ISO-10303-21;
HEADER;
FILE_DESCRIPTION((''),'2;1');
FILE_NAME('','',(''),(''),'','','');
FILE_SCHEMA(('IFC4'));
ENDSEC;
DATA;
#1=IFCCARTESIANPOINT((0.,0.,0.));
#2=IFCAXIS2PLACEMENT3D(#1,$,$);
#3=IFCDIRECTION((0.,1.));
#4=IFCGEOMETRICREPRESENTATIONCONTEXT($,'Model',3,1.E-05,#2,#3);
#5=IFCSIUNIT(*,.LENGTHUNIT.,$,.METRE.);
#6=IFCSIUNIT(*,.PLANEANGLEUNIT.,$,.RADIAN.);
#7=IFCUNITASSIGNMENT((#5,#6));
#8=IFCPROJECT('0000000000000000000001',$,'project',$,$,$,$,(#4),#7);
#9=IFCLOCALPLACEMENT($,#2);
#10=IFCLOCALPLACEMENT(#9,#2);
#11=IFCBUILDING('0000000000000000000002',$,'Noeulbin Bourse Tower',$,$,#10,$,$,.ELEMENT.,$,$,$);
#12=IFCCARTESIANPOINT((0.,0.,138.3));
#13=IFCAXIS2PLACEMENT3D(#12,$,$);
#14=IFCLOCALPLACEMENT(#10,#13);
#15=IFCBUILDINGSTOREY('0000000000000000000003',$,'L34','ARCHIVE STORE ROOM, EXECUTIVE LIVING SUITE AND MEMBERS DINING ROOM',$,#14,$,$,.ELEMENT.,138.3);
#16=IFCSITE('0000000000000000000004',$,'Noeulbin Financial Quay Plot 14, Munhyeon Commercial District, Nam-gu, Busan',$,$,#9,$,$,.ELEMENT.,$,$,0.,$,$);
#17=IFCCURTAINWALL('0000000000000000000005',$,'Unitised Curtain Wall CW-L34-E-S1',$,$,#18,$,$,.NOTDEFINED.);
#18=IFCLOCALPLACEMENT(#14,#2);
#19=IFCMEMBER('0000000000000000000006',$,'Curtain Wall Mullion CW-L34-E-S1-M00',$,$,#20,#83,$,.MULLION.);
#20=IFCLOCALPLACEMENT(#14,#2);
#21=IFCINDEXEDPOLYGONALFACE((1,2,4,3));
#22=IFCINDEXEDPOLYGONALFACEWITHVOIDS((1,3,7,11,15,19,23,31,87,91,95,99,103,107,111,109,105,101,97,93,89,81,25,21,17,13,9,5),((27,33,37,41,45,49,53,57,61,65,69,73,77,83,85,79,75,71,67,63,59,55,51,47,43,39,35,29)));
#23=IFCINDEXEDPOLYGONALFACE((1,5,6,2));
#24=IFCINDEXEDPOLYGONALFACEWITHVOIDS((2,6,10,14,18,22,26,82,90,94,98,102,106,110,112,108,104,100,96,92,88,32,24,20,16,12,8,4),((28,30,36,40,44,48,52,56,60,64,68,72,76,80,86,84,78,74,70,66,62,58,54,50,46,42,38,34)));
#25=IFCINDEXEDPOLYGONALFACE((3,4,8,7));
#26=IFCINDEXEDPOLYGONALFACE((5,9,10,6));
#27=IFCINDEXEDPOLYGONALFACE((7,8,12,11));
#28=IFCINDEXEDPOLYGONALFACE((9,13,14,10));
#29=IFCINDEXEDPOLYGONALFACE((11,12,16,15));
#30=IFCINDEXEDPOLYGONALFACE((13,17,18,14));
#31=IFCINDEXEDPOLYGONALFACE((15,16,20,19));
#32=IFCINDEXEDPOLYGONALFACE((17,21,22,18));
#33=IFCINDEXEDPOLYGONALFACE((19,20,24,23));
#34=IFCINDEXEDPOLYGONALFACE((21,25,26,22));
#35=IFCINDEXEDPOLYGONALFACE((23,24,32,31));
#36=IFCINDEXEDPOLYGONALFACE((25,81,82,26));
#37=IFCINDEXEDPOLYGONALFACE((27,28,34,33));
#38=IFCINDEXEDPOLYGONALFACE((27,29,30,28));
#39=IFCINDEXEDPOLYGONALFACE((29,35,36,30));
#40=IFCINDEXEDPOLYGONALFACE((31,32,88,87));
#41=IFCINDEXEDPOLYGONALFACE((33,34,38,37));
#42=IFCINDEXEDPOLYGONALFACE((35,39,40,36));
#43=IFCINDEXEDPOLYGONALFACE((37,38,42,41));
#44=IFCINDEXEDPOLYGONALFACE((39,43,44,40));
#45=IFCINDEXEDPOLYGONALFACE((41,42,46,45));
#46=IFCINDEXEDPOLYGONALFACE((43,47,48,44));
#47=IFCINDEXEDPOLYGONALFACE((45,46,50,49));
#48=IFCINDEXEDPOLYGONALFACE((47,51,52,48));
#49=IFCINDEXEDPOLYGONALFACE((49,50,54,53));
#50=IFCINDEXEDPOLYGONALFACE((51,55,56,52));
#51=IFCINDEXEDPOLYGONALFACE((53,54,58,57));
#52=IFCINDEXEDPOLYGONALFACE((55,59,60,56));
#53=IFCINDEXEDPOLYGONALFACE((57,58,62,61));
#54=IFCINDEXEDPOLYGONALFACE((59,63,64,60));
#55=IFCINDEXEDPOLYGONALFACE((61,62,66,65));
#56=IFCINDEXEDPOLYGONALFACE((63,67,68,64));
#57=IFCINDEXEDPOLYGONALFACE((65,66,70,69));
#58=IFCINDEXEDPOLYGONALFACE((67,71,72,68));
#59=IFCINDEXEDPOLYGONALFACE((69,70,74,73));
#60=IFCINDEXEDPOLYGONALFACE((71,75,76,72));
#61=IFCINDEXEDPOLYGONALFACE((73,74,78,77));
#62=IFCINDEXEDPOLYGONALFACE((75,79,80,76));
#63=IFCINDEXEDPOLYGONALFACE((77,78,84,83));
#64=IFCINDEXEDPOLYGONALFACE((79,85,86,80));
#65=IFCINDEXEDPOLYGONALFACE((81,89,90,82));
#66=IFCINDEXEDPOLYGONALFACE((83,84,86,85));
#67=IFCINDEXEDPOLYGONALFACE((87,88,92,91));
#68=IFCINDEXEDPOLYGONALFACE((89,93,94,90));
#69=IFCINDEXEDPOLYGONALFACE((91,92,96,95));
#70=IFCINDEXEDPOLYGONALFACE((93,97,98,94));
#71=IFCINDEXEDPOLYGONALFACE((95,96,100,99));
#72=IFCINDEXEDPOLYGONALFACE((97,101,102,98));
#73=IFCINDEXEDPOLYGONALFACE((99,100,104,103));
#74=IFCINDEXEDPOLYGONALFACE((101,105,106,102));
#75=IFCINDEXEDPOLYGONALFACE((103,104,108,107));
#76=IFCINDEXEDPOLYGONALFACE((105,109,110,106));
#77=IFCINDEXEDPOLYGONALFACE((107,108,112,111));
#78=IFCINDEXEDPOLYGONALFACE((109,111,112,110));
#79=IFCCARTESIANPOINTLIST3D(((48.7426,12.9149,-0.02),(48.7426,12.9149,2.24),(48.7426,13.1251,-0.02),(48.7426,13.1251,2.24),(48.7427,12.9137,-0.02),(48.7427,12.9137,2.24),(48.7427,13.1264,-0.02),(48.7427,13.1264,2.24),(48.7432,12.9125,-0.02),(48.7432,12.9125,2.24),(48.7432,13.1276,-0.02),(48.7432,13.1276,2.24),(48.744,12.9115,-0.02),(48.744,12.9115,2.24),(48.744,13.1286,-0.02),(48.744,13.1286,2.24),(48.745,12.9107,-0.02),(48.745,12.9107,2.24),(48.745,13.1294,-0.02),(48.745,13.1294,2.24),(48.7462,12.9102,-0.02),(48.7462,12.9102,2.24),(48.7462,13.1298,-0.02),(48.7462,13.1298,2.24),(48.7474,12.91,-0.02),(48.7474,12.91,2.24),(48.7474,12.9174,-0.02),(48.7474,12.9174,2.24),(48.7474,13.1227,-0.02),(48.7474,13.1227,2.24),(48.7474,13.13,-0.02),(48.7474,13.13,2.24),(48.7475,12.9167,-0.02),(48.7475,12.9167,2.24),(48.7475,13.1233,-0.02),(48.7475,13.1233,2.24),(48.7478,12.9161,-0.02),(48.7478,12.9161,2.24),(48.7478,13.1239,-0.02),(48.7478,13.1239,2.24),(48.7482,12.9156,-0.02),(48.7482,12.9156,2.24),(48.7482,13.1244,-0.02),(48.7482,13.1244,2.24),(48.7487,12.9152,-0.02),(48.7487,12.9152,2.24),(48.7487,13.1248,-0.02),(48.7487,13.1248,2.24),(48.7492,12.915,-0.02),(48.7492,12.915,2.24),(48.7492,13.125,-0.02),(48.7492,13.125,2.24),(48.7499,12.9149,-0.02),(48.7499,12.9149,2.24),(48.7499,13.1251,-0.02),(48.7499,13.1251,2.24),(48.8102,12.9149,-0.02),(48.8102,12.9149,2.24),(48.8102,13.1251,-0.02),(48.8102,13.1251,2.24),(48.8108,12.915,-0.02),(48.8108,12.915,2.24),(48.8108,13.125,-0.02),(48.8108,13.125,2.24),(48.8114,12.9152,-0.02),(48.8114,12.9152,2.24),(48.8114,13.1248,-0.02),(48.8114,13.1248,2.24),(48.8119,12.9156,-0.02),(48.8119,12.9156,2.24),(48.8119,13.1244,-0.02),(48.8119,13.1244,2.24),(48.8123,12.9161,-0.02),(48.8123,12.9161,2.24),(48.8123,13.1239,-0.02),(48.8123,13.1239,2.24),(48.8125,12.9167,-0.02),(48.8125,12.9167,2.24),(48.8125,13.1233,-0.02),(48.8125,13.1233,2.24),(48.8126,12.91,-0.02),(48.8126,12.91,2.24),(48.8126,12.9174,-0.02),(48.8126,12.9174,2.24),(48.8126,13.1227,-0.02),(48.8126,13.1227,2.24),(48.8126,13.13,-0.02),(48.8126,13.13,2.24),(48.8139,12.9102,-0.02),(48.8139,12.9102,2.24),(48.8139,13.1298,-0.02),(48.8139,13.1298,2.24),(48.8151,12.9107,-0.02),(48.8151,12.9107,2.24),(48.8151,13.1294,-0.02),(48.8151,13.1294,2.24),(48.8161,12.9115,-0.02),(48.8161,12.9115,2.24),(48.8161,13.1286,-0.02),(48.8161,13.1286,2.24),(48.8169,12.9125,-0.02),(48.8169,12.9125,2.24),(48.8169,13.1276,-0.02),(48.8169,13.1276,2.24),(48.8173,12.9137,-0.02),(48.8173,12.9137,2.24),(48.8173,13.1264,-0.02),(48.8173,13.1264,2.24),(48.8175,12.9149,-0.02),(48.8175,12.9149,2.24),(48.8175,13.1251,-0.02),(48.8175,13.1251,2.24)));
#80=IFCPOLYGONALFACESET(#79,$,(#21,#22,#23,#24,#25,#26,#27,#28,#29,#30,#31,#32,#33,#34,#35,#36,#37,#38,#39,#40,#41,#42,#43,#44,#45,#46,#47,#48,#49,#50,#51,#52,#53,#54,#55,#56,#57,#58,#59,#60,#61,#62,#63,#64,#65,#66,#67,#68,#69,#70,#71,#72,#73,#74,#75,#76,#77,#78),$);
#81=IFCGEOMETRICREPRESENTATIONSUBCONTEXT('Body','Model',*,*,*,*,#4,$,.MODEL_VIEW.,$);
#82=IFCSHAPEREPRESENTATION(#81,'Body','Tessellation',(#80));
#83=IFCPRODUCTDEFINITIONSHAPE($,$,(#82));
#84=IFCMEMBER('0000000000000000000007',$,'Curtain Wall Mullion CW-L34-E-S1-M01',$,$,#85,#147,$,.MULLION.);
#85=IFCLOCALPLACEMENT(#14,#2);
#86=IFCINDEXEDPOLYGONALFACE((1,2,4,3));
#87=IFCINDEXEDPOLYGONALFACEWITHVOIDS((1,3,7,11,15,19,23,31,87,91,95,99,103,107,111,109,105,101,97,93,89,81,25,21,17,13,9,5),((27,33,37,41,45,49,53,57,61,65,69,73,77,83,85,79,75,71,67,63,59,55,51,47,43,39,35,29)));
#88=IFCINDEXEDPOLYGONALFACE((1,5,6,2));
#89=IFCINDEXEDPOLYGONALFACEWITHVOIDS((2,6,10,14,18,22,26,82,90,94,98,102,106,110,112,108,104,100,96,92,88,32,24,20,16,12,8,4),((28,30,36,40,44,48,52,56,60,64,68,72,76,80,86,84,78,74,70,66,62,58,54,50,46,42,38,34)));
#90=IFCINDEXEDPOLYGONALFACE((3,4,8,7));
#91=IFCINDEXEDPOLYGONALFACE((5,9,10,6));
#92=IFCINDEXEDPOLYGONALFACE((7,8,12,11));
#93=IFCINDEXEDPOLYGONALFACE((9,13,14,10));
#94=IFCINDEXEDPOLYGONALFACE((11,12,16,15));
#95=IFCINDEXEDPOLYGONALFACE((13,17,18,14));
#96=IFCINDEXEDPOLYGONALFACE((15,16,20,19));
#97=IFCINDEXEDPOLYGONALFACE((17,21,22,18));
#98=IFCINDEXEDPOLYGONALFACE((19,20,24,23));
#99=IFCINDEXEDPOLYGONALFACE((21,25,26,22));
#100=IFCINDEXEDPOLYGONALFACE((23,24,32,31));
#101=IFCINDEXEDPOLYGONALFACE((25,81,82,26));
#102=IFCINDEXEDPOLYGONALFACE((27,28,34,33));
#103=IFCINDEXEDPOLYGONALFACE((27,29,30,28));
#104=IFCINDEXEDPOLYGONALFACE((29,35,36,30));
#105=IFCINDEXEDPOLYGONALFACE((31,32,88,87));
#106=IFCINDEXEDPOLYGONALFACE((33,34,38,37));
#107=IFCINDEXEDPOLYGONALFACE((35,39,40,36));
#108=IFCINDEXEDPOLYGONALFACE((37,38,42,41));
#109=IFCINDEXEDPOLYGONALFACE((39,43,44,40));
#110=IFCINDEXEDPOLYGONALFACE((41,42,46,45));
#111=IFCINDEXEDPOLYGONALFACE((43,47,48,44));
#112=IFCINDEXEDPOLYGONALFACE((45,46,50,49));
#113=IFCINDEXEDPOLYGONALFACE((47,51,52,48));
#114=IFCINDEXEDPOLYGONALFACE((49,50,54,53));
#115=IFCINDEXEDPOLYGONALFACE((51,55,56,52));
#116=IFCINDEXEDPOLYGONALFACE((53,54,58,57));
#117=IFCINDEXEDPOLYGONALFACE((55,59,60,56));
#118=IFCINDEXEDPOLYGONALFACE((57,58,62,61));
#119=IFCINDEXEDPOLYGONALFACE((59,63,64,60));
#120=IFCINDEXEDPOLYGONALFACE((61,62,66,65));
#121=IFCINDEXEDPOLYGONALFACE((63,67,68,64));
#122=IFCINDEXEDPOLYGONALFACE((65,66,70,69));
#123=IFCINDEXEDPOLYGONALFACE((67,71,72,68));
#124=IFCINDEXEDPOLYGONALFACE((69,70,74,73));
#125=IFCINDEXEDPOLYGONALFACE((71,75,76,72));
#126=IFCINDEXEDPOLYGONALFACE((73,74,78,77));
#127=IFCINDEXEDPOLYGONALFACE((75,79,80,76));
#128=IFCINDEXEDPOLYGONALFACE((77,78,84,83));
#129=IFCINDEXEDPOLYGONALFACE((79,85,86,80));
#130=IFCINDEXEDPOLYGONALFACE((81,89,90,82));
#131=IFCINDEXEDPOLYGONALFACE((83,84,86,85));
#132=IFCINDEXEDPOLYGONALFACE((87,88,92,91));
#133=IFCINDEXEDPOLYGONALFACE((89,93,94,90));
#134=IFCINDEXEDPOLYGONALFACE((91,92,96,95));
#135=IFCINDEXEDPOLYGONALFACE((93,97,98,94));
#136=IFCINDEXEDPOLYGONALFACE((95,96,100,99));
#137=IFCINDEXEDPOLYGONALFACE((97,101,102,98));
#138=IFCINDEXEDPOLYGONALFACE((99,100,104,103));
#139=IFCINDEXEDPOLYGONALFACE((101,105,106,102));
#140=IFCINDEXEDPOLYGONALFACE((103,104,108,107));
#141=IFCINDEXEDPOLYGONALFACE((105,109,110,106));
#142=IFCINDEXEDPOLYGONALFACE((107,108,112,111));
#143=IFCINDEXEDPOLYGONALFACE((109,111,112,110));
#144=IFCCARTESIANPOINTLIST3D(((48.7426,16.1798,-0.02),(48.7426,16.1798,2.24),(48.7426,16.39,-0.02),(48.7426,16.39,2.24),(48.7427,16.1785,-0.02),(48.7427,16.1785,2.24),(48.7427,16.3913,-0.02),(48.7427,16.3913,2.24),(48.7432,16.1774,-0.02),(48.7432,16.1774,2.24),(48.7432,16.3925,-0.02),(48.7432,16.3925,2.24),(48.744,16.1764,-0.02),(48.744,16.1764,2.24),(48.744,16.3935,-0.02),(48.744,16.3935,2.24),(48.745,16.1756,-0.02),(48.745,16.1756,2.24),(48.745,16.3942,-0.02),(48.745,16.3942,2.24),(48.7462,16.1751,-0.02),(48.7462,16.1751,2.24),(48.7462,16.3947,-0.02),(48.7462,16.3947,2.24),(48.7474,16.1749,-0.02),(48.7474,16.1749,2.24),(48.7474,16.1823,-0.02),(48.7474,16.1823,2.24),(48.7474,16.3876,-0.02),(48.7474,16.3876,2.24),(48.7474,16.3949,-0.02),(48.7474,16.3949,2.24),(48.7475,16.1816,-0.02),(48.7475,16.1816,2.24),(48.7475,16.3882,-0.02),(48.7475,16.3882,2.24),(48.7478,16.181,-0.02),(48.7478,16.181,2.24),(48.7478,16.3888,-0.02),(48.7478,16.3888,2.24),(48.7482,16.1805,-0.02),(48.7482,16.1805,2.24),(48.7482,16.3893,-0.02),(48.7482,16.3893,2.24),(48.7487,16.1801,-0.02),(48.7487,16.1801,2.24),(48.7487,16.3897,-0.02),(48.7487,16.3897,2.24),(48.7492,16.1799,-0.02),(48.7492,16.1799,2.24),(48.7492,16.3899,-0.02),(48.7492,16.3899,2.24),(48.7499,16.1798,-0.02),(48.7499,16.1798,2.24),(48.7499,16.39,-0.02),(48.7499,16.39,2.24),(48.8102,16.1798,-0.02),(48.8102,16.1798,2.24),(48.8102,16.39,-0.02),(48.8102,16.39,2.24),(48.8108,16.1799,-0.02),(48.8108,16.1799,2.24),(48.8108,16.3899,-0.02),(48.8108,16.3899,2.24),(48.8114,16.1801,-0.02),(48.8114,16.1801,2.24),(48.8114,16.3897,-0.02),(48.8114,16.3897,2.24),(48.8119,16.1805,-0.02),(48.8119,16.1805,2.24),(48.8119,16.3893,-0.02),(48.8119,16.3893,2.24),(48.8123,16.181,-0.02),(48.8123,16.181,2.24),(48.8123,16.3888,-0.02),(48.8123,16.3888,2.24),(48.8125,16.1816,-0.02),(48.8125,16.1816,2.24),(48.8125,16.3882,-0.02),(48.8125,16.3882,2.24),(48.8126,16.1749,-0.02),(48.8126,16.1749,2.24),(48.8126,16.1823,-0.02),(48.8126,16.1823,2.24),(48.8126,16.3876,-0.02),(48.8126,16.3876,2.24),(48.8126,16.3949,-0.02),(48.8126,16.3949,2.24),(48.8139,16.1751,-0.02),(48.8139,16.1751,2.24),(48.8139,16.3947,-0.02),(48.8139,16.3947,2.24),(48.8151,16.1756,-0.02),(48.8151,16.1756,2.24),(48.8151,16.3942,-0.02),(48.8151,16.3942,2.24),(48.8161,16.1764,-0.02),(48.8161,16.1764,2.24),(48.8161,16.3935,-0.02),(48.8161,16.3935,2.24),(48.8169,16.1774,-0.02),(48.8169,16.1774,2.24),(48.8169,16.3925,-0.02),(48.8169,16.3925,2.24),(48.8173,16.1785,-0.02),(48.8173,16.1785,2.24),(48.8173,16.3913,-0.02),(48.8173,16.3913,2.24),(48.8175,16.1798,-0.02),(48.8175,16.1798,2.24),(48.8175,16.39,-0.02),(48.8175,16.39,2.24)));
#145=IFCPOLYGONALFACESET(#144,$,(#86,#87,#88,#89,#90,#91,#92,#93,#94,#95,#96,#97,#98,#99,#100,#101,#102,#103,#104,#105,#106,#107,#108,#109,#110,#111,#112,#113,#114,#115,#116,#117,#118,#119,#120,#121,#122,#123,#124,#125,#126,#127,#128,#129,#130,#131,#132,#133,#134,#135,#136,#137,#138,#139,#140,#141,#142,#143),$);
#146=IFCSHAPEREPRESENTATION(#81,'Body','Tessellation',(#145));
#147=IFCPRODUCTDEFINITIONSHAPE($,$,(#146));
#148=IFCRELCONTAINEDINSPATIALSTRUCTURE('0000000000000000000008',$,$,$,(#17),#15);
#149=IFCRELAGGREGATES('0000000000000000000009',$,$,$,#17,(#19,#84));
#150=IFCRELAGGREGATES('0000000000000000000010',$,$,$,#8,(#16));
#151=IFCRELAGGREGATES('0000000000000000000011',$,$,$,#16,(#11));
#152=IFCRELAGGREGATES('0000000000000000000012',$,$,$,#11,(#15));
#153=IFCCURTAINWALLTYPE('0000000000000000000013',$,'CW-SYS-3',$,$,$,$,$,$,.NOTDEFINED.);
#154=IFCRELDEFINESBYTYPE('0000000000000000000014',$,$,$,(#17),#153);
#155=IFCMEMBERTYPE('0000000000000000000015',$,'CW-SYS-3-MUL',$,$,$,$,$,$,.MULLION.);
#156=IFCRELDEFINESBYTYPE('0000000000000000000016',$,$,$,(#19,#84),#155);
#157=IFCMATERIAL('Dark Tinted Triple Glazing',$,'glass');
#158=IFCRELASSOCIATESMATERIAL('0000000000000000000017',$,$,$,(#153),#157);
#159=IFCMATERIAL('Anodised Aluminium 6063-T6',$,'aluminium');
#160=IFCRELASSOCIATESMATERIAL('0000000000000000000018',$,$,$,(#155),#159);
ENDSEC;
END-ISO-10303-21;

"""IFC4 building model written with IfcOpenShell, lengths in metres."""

from ifc_helpers import new_model, si_unit, direction, frame, origin, origin_2d, place, context, subcontext, project, spatial, hollow_rectangle, extrude, material, material_profile, profile_set, type_object, element, aggregate, save


model = new_model("IFC4")

# Units and contexts
model_context = context("Model", 3, precision=1e-05, world=origin(), true_north=direction((0.0, 1.0)))
body_context = subcontext(model_context, "Body", "Model", "MODEL_VIEW")
ifc_project = project(units=[si_unit("LENGTHUNIT", "METRE"), si_unit("PLANEANGLEUNIT", "RADIAN")], contexts=[model_context])

# Site, building, storey
site_placement = place(None, origin())
site = spatial("IfcSite", under=ifc_project, at=site_placement, Name="Noeulbin Financial Quay Plot 14, Munhyeon Commercial District, Nam-gu, Busan", CompositionType="ELEMENT", RefElevation=0.0)
building_placement = place(site_placement, origin())
building = spatial("IfcBuilding", under=site, at=building_placement, Name="Noeulbin Bourse Tower", CompositionType="ELEMENT")
storey_placement = place(building_placement, frame((0.0, 0.0, 138.3)))
storey = spatial("IfcBuildingStorey", under=building, at=storey_placement, Name="L34", Description="ARCHIVE STORE ROOM, EXECUTIVE LIVING SUITE AND MEMBERS DINING ROOM", CompositionType="ELEMENT", Elevation=138.3)

# Curtain wall, members
ifc_material_1 = material(Name="Dark Tinted Triple Glazing", Category="glass")
curtain_wall_type = type_object("IfcCurtainWallType", Name="CW-SYS-3", PredefinedType="NOTDEFINED", material=ifc_material_1)
ifc_material_2 = material(Name="Anodised Aluminium 6063-T6", Category="aluminium")
ifc_material_profile_1 = material_profile(ifc_material_2, hollow_rectangle(XDim=0.075, YDim=0.22, WallThickness=0.0049, InnerFilletRadius=0.0024, OuterFilletRadius=0.0049, at=origin_2d()), Name="ALU-MULL-75x220x5", Category="LoadBearing")
ifc_profile_set_1 = profile_set([ifc_material_profile_1], Name="Anodised Aluminium 6063-T6")
member_type_1 = type_object("IfcMemberType", Name="CW-SYS-3-MUL", PredefinedType="MULLION", material=ifc_profile_set_1)
curtain_wall_1_placement = place(storey_placement, origin())
curtain_wall_1 = element("IfcCurtainWall", 1, at=curtain_wall_1_placement, inside=storey, type_object=curtain_wall_type, Name="Unitised Curtain Wall CW-L34-E-S1", PredefinedType="NOTDEFINED")
member_1_placement = place(storey_placement, frame((48.78, 13.02, -0.02), z_axis=(0.0, 0.0, 1.0), x_axis=(1.0, 0.0, 0.0)))
member_1 = element("IfcMember", 2, at=member_1_placement, type_object=member_type_1, Name="Curtain Wall Mullion CW-L34-E-S1-M00", PredefinedType="MULLION", context=body_context, shape_type="SweptSolid", body=[
    extrude(hollow_rectangle(XDim=0.075, YDim=0.22, WallThickness=0.0049, InnerFilletRadius=0.0024, OuterFilletRadius=0.0049, at=origin_2d()), origin(), (0.0, 0.0, 1.0), 2.26),
])
member_2_placement = place(storey_placement, frame((48.78, 16.2849, -0.02), z_axis=(0.0, 0.0, 1.0), x_axis=(1.0, 0.0, 0.0)))
member_2 = element("IfcMember", 3, at=member_2_placement, type_object=member_type_1, Name="Curtain Wall Mullion CW-L34-E-S1-M01", PredefinedType="MULLION", context=body_context, shape_type="SweptSolid", body=[
    extrude(hollow_rectangle(XDim=0.075, YDim=0.22, WallThickness=0.0049, InnerFilletRadius=0.0024, OuterFilletRadius=0.0049, at=origin_2d()), origin(), (0.0, 0.0, 1.0), 2.26),
])

aggregate(curtain_wall_1, [member_1, member_2])

save(model, "model.ifc")
